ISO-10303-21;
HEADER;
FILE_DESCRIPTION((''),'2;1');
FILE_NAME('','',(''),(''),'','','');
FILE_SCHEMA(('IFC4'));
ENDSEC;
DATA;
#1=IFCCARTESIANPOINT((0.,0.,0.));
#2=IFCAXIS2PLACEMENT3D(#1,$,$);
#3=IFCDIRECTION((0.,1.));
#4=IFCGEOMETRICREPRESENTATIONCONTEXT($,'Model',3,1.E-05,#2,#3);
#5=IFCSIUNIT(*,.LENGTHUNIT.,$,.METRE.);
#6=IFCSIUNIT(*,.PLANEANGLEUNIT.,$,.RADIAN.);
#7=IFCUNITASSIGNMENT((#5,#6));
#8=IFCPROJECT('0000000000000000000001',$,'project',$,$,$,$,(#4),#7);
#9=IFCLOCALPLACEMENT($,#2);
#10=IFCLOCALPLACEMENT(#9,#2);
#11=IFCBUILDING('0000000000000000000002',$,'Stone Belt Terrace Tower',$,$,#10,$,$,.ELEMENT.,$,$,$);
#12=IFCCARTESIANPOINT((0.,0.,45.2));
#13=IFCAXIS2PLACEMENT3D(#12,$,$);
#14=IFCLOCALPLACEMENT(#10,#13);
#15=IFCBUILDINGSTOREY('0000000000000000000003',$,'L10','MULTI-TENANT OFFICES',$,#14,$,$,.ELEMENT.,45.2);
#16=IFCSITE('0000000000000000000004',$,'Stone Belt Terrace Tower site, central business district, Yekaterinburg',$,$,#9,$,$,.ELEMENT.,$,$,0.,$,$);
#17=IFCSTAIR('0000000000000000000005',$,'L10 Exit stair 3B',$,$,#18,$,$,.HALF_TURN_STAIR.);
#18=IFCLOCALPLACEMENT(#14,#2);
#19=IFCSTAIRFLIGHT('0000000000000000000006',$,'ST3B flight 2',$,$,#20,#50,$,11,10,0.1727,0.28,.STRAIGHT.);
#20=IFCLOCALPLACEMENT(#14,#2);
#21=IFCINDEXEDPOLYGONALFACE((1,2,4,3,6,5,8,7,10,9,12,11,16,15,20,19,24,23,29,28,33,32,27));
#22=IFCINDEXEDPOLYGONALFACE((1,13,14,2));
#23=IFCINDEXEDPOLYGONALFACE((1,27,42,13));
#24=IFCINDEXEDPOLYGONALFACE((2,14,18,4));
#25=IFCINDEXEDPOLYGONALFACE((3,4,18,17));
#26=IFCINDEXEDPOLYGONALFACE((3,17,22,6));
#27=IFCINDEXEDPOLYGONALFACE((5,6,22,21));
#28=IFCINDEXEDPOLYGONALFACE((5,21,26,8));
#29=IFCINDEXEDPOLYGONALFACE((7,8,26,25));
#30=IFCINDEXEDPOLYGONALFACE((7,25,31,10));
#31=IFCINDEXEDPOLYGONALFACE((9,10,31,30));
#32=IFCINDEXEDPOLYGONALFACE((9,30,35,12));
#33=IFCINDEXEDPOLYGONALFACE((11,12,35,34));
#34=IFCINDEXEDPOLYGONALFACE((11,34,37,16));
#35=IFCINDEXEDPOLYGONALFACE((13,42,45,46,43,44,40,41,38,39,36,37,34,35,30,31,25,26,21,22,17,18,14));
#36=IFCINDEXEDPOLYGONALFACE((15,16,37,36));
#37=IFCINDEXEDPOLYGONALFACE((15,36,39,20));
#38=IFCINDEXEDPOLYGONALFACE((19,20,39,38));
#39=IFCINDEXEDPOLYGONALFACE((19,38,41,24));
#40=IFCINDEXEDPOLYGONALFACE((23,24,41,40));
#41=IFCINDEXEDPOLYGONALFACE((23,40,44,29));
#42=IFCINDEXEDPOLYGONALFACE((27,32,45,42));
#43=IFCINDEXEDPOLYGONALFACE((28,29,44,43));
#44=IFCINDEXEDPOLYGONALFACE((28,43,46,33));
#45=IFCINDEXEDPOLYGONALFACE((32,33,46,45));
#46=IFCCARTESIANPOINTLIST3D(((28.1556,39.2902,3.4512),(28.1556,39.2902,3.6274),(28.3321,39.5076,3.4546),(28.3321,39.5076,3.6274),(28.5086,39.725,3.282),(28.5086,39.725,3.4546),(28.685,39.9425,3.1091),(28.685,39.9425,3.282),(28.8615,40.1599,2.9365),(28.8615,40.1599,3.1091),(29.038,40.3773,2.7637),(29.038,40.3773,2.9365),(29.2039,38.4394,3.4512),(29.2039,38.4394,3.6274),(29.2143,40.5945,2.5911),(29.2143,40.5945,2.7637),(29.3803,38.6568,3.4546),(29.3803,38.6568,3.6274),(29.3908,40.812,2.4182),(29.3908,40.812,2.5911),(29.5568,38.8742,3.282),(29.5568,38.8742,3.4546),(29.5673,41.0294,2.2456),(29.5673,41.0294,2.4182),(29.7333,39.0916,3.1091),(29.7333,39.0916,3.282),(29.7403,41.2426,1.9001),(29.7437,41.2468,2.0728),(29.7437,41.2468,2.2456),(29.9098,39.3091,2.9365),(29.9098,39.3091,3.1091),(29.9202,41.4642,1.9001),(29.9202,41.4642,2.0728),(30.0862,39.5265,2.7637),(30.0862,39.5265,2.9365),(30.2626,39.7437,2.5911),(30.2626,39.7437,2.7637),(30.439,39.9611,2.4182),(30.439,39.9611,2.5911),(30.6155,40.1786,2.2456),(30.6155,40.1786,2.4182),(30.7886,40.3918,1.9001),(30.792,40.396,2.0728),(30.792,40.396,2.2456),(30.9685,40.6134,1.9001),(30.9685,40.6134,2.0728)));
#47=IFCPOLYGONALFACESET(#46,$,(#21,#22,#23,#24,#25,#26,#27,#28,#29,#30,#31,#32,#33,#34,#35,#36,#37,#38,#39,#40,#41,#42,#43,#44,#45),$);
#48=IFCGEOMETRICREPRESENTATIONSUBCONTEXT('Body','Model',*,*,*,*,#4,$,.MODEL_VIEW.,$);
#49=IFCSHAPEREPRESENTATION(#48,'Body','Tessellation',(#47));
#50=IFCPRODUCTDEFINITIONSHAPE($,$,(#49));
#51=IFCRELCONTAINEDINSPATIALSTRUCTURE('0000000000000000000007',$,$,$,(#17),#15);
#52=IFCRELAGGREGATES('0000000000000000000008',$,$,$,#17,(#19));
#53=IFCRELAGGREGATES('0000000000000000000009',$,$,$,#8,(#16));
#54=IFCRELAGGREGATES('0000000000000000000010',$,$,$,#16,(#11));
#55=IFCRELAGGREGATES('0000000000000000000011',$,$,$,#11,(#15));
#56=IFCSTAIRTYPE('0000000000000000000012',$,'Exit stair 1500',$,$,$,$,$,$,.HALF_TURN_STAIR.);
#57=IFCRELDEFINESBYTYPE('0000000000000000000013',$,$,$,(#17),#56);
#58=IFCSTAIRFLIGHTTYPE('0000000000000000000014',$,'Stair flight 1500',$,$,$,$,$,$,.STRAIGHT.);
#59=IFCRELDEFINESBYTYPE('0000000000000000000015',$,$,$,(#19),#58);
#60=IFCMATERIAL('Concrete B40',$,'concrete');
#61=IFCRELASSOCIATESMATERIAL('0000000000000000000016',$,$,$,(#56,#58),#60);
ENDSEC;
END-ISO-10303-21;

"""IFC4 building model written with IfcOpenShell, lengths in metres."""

from ifc_helpers import new_model, si_unit, direction, frame, origin, place, context, subcontext, project, spatial, polyline, outline, extrude, material, type_object, element, aggregate, save


model = new_model("IFC4")

# Units and contexts
model_context = context("Model", 3, precision=1e-05, world=origin(), true_north=direction((0.0, 1.0)))
body_context = subcontext(model_context, "Body", "Model", "MODEL_VIEW")
ifc_project = project(units=[si_unit("LENGTHUNIT", "METRE"), si_unit("PLANEANGLEUNIT", "RADIAN")], contexts=[model_context])

# Site, building, storey
site_placement = place(None, origin())
site = spatial("IfcSite", under=ifc_project, at=site_placement, Name="Stone Belt Terrace Tower site, central business district, Yekaterinburg", CompositionType="ELEMENT", RefElevation=0.0)
building_placement = place(site_placement, origin())
building = spatial("IfcBuilding", under=site, at=building_placement, Name="Stone Belt Terrace Tower", CompositionType="ELEMENT")
storey_placement = place(building_placement, frame((0.0, 0.0, 45.2)))
storey = spatial("IfcBuildingStorey", under=building, at=storey_placement, Name="L10", Description="MULTI-TENANT OFFICES", CompositionType="ELEMENT", Elevation=45.2)

# Stair, stair flight
ifc_material_1 = material(Name="Concrete B40", Category="concrete")
stair_type = type_object("IfcStairType", Name="Exit stair 1500", PredefinedType="HALF_TURN_STAIR", material=ifc_material_1)
stair_placement = place(storey_placement, origin())
stair = element("IfcStair", 1, at=stair_placement, inside=storey, type_object=stair_type, Name="L10 Exit stair 3B", PredefinedType="HALF_TURN_STAIR")
stair_flight_type = type_object("IfcStairFlightType", Name="Stair flight 1500", PredefinedType="STRAIGHT", material=ifc_material_1)
stair_flight_1_placement = place(storey_placement, frame((30.4443, 41.0388, 1.9001), z_axis=(0.0, 0.0, 1.0), x_axis=(-0.630206, -0.776428, 0.0)))
stair_flight_1 = element("IfcStairFlight", 2, at=stair_flight_1_placement, type_object=stair_flight_type, Name="ST3B flight 2", NumberOfRisers=11, NumberOfTreads=10, PredefinedType="STRAIGHT", RiserHeight=0.1727, TreadLength=0.28, context=body_context, shape_type="SweptSolid", body=[
    extrude(outline(polyline([(0.0, 0.0), (0.0, 0.1726), (0.28, 0.1726), (0.28, 0.3455), (0.5601, 0.3455), (0.5601, 0.5181), (0.8401, 0.5181), (0.8401, 0.6909), (1.1201, 0.6909), (1.1201, 0.8635), (1.3999, 0.8635), (1.3999, 1.0364), (1.6799, 1.0364), (1.6799, 1.209), (1.96, 1.209), (1.96, 1.3818), (2.24, 1.3818), (2.24, 1.5544), (2.52, 1.5544), (2.52, 1.7273), (2.8, 1.7273), (2.8, 1.8999), (2.8, 1.551), (0.2854, 0.0), (0.0, 0.0)])), frame((0.0, 0.675, 0.0), z_axis=(0.0, -1.0, 0.0), x_axis=(1.0, 0.0, 0.0)), (0.0, 0.0, 1.0), 1.3501),
])
aggregate(stair, [stair_flight_1])

save(model, "model.ifc")
